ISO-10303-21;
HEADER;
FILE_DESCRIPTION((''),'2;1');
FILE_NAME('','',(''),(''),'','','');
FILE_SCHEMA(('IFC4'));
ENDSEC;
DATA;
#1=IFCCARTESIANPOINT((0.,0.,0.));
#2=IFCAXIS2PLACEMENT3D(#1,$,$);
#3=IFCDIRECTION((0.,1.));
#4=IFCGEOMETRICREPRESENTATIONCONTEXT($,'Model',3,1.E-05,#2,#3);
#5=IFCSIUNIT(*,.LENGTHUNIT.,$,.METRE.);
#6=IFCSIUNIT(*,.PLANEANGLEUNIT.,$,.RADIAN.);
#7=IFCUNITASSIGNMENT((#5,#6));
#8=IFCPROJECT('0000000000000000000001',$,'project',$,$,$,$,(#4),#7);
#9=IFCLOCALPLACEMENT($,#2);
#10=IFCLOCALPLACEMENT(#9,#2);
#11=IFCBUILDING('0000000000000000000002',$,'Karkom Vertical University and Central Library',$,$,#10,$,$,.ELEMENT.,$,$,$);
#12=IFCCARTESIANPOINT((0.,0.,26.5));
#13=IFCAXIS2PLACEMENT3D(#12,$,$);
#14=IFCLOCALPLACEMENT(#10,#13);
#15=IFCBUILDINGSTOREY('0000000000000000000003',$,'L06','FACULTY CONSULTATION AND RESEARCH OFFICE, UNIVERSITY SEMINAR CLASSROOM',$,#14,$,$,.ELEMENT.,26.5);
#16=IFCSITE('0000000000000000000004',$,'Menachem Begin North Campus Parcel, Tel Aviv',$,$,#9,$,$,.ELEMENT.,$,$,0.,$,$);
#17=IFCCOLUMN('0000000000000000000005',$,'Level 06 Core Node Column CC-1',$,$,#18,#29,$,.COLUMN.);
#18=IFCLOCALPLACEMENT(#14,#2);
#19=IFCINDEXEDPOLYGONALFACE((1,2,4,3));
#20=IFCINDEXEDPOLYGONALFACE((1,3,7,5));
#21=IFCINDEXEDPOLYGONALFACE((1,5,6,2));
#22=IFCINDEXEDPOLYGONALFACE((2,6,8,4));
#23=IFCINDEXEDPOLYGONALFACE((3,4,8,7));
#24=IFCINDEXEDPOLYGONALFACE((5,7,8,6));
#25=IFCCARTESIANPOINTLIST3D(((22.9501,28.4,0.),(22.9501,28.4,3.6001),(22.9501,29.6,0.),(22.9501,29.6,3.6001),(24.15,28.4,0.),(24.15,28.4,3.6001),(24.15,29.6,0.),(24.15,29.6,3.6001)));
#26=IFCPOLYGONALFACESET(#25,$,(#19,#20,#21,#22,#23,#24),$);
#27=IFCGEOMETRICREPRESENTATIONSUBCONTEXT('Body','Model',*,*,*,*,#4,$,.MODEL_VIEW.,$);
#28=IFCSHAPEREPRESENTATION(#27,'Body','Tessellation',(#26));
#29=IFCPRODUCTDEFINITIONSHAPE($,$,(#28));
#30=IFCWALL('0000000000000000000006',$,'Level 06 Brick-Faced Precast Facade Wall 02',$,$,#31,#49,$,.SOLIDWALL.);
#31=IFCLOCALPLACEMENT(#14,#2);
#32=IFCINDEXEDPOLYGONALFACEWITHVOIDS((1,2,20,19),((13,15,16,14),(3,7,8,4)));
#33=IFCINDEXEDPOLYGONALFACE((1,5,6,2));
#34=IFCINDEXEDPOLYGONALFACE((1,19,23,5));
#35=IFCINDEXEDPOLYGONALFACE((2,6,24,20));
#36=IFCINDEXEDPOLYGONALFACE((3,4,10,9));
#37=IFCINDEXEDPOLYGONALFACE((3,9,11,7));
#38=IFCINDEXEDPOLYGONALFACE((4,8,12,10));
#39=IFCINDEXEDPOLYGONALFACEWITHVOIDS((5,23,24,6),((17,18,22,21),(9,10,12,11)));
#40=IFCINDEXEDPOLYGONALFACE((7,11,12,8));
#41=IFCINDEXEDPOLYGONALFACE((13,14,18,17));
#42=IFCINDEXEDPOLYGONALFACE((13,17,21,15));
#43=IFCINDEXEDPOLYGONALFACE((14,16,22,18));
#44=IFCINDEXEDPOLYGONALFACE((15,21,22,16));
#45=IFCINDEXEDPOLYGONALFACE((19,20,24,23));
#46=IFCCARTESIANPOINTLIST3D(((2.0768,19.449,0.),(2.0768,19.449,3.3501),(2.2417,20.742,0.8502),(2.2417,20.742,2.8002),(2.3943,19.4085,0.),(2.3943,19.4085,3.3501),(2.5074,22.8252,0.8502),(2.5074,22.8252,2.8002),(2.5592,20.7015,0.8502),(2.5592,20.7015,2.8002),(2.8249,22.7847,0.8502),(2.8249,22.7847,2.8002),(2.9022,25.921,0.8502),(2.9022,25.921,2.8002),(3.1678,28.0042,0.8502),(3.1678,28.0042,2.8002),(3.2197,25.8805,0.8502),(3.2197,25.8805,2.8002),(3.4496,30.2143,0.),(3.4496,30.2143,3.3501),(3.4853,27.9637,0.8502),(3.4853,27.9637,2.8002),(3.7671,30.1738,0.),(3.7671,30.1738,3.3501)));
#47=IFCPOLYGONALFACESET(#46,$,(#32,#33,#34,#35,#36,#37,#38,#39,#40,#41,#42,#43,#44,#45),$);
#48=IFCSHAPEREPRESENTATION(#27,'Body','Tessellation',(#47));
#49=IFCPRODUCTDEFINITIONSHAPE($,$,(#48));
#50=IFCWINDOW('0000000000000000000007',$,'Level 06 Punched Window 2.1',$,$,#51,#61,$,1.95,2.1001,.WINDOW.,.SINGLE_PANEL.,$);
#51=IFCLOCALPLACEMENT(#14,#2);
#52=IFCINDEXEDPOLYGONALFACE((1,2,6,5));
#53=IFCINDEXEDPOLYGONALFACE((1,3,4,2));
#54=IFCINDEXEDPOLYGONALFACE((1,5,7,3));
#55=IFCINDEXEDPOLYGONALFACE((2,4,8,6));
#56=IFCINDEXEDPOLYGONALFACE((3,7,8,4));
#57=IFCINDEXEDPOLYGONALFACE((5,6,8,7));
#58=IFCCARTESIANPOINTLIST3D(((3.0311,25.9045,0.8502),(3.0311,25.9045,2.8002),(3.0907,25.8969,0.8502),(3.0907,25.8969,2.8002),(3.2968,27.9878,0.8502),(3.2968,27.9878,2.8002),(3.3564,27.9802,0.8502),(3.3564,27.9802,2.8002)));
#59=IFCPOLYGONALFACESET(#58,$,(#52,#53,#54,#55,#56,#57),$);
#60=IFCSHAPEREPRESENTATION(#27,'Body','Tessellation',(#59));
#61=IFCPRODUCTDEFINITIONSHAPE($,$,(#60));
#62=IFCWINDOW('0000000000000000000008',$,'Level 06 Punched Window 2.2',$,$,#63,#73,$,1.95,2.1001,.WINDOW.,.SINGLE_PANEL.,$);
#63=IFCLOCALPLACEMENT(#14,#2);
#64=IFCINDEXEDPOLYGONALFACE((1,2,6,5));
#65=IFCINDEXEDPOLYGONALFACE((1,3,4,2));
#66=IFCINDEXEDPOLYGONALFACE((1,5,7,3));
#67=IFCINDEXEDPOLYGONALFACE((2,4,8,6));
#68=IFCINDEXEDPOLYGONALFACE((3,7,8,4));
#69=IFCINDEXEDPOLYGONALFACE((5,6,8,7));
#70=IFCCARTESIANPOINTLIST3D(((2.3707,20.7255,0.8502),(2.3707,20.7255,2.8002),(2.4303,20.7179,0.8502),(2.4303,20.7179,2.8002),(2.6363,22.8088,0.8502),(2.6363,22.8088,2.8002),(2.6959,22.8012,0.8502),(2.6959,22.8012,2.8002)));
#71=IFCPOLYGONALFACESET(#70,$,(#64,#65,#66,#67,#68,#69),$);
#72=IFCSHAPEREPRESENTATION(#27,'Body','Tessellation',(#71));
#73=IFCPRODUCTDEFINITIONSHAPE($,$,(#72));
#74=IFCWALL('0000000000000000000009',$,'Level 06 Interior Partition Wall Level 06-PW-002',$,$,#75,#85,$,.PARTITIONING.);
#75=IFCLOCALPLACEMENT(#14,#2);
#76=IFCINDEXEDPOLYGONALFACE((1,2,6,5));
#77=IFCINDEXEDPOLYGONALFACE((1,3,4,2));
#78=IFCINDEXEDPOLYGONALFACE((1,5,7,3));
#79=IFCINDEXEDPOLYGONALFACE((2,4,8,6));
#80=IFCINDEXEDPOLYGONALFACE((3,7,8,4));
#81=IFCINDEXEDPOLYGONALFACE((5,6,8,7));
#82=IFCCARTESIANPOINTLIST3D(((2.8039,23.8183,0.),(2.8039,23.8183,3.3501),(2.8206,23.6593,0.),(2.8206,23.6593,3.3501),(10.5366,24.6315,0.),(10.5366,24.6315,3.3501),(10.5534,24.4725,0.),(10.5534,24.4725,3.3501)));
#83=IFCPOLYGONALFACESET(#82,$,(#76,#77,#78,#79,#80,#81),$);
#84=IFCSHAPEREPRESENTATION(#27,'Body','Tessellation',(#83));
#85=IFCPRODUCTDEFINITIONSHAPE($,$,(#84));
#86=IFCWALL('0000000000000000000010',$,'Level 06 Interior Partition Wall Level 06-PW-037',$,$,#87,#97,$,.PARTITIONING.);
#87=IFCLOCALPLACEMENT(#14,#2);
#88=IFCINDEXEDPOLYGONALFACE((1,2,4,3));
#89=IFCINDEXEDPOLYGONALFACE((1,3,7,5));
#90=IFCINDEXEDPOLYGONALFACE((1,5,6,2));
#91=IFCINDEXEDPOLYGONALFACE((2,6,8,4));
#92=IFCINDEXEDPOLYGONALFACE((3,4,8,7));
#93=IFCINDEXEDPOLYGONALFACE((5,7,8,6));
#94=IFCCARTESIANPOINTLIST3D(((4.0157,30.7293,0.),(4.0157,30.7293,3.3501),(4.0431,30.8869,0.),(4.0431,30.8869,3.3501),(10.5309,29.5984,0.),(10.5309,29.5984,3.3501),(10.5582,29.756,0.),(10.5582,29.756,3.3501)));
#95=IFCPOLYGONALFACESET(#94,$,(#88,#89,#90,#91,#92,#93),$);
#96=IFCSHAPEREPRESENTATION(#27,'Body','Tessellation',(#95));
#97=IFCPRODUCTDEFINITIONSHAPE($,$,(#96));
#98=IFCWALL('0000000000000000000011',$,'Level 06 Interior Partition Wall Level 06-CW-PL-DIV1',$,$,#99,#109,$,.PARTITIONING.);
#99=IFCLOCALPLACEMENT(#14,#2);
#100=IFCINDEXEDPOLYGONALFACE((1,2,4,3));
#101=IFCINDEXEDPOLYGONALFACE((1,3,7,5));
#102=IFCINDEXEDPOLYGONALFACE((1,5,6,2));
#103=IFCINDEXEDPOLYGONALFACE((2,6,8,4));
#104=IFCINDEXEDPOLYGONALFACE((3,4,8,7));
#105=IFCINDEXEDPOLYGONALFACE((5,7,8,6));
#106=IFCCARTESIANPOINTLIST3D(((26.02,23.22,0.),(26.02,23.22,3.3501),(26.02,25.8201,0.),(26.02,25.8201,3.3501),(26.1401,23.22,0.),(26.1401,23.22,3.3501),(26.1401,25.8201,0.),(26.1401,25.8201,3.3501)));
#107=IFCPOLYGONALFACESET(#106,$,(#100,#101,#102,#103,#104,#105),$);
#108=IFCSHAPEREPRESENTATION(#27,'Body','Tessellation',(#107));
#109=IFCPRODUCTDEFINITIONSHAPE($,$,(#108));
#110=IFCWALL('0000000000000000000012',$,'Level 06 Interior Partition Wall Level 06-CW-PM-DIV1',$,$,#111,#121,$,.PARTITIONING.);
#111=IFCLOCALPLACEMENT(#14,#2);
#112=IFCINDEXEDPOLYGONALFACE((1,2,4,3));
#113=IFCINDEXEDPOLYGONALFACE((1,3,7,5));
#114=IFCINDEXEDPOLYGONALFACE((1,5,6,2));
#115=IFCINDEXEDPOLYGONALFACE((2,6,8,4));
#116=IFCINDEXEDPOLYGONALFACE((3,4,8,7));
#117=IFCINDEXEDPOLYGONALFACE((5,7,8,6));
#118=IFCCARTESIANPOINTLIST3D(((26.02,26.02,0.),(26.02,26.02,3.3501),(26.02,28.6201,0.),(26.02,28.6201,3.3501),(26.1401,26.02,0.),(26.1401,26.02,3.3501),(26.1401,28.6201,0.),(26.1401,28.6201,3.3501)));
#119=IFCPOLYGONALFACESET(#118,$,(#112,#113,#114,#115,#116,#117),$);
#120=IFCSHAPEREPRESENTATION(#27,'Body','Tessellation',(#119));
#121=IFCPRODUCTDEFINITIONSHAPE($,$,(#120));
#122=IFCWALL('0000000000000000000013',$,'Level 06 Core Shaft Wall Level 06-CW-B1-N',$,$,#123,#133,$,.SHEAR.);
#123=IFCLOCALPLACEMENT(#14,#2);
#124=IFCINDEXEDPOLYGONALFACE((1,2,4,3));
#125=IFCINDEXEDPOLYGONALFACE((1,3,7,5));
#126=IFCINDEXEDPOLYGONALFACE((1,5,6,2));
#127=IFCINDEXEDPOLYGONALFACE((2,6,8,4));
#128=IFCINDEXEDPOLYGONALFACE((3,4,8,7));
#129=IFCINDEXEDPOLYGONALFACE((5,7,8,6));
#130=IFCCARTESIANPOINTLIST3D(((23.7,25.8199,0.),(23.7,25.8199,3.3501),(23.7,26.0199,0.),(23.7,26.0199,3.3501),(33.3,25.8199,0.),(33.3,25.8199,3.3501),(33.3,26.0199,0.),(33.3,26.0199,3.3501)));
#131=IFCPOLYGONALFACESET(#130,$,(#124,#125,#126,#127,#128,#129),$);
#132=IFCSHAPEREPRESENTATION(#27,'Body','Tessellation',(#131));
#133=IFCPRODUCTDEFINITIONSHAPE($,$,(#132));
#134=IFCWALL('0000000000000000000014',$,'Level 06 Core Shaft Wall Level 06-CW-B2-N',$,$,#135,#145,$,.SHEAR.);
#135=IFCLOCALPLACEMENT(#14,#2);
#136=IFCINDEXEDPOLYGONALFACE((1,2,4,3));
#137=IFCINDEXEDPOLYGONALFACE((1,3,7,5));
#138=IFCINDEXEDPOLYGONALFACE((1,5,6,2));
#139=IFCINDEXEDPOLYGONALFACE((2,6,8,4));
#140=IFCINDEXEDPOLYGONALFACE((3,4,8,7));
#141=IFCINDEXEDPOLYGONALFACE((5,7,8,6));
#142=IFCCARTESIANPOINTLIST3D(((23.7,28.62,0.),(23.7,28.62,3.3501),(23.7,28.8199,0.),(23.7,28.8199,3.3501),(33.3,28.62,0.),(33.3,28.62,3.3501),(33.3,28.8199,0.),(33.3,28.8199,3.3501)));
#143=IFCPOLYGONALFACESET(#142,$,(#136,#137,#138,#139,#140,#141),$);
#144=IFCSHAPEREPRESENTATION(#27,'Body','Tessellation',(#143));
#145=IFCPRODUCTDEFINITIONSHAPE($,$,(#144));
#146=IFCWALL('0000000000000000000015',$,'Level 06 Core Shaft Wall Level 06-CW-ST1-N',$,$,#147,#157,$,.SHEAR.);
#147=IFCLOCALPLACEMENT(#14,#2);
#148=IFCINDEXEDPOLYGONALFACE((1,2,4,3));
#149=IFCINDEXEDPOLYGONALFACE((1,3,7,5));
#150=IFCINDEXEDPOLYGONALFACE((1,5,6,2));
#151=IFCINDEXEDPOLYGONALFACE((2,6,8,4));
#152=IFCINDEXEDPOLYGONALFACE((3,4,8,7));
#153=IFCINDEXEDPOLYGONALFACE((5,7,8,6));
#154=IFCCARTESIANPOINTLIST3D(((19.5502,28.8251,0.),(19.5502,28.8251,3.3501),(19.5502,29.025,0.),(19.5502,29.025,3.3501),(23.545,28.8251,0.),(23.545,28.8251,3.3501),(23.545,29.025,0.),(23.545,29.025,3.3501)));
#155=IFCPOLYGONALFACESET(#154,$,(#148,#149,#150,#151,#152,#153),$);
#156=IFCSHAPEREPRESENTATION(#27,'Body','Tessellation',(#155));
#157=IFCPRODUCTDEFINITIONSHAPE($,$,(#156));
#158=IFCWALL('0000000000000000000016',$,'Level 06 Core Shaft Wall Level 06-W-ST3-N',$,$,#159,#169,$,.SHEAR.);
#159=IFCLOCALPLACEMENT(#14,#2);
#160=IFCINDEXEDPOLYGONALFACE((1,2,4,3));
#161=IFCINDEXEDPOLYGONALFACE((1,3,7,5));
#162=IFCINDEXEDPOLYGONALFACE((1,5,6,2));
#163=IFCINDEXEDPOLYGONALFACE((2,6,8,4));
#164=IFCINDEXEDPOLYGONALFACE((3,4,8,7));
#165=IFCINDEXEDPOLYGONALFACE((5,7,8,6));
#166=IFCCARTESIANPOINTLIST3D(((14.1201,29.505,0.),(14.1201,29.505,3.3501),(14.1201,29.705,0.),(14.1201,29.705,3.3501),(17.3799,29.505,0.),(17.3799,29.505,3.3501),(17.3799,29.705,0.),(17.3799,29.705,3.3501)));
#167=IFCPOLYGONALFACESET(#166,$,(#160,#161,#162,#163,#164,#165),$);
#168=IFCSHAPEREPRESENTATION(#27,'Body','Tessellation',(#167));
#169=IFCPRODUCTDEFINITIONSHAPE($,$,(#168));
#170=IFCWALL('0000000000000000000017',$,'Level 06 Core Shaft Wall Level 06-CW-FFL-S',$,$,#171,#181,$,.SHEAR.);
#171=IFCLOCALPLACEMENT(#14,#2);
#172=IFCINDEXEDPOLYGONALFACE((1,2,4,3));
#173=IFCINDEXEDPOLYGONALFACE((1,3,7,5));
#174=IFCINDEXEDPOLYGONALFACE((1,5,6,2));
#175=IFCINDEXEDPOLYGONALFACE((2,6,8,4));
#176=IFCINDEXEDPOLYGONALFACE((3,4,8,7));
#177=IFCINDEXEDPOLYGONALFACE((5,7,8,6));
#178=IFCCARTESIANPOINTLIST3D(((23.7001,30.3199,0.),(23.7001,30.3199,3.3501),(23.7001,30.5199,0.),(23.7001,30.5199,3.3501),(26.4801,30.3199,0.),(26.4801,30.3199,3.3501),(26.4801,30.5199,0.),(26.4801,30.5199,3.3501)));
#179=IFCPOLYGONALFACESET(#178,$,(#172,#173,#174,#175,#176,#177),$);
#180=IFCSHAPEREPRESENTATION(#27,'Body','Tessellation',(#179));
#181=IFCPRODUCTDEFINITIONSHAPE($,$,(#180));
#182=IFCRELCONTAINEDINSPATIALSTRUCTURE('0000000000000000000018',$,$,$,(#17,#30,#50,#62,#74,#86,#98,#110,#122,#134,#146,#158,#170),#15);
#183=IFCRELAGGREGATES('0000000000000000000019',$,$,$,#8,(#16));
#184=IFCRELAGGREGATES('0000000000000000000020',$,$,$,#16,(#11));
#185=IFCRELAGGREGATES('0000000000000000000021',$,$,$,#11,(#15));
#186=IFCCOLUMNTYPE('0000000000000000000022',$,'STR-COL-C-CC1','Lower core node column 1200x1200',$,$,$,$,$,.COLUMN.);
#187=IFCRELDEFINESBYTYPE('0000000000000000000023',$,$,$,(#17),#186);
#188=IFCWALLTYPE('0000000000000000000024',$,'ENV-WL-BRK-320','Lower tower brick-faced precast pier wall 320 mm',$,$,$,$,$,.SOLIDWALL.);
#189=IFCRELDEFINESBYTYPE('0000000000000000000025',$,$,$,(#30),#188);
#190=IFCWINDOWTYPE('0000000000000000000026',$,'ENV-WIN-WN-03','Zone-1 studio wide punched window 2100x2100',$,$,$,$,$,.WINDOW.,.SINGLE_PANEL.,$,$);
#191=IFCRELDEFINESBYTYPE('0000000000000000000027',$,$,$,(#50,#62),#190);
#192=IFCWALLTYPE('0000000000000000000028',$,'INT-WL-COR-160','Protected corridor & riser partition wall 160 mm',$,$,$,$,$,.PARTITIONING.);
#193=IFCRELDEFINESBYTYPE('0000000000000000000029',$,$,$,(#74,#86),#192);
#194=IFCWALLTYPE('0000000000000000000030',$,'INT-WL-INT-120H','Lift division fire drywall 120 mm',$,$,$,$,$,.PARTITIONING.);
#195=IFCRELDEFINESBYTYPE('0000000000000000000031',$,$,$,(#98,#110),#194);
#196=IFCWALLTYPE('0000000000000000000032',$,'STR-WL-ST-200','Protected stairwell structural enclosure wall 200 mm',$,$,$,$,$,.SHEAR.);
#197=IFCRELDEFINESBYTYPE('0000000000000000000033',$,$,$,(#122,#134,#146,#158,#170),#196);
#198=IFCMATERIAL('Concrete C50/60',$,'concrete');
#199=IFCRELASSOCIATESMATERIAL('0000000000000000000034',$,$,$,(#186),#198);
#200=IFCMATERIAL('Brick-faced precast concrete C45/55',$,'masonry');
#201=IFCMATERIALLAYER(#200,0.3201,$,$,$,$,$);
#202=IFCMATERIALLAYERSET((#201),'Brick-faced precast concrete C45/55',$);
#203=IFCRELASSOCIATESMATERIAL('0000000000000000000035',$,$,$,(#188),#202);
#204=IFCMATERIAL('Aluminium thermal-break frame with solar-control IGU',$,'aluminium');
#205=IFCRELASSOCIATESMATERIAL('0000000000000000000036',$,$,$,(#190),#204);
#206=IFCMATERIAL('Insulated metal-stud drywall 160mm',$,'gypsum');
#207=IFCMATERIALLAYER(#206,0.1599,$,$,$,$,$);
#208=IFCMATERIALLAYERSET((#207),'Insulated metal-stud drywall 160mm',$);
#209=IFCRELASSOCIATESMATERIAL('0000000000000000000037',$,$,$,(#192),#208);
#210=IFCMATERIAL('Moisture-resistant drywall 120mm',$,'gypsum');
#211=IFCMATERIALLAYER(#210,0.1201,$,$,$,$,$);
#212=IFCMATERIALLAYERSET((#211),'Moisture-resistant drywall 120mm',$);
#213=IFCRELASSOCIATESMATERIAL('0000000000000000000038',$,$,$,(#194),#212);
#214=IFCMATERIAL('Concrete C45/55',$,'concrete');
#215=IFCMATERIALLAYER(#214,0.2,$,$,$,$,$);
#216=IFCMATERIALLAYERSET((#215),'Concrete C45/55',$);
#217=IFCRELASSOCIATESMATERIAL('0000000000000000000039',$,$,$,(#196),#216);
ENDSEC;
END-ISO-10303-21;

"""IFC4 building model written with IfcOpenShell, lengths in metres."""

from ifc_helpers import new_model, si_unit, direction, frame, frame_2d, origin, origin_with_axes, origin_2d, place, context, subcontext, project, spatial, rectangle, extrude, source, transform, mapped, material, layer, layer_set, material_profile, profile_set, type_object, element, fill, save


model = new_model("IFC4")

# Units and contexts
model_context = context("Model", 3, precision=1e-05, world=origin(), true_north=direction((0.0, 1.0)))
body_context = subcontext(model_context, "Body", "Model", "MODEL_VIEW")
ifc_project = project(units=[si_unit("LENGTHUNIT", "METRE"), si_unit("PLANEANGLEUNIT", "RADIAN")], contexts=[model_context])

# Site, building, storey
site_placement = place(None, origin())
site = spatial("IfcSite", under=ifc_project, at=site_placement, Name="Menachem Begin North Campus Parcel, Tel Aviv", CompositionType="ELEMENT", RefElevation=0.0)
building_placement = place(site_placement, origin())
building = spatial("IfcBuilding", under=site, at=building_placement, Name="Karkom Vertical University and Central Library", CompositionType="ELEMENT")
storey_placement = place(building_placement, frame((0.0, 0.0, 26.5)))
storey = spatial("IfcBuildingStorey", under=building, at=storey_placement, Name="L06", Description="FACULTY CONSULTATION AND RESEARCH OFFICE, UNIVERSITY SEMINAR CLASSROOM", CompositionType="ELEMENT", Elevation=26.5)

# Column
ifc_material_1 = material(Name="Concrete C50/60", Category="concrete")
ifc_material_profile = material_profile(ifc_material_1, rectangle(XDim=1.2, YDim=1.2, at=origin_2d()), Name="RC-1200x1200")
ifc_profile_set = profile_set([ifc_material_profile], Name="Concrete C50/60")
column_type = type_object("IfcColumnType", Name="STR-COL-C-CC1", Description="Lower core node column 1200x1200", PredefinedType="COLUMN", material=ifc_profile_set)
shared_shape_1 = source(origin_with_axes(), body_context, "Body", "SweptSolid", [
    extrude(rectangle(XDim=1.2, YDim=1.2, at=origin_2d()), origin(), (0.0, 0.0, 1.0), 3.6001),
])
column_placement = place(storey_placement, frame((23.55, 29.0, 0.0), z_axis=(0.0, 0.0, 1.0), x_axis=(1.0, 0.0, 0.0)))
element("IfcColumn", 1, at=column_placement, inside=storey, type_object=column_type, Name="Level 06 Core Node Column CC-1", PredefinedType="COLUMN", context=body_context, shape_type="MappedRepresentation", body=[
    mapped(shared_shape_1, transform((0.0, 0.0, 0.0), scale=1.0)),
])

# Wall, openings, windows
ifc_material_2 = material(Name="Brick-faced precast concrete C45/55", Category="masonry")
ifc_layer_1 = layer(ifc_material_2, 0.3201)
ifc_layer_set_1 = layer_set([ifc_layer_1], Name="Brick-faced precast concrete C45/55")
wall_type_1 = type_object("IfcWallType", Name="ENV-WL-BRK-320", Description="Lower tower brick-faced precast pier wall 320 mm", PredefinedType="SOLIDWALL", material=ifc_layer_set_1)
wall_1_placement = place(storey_placement, frame((3.6084, 30.1941, 0.0), z_axis=(0.0, 0.0, 1.0), x_axis=(-0.126496, -0.991967, 0.0)))
wall_1 = element("IfcWall", 2, at=wall_1_placement, inside=storey, type_object=wall_type_1, Name="Level 06 Brick-Faced Precast Facade Wall 02", PredefinedType="SOLIDWALL", context=body_context, shape_type="SweptSolid", body=[
    extrude(rectangle(XDim=10.8525, YDim=0.3201, at=frame_2d((5.4263, 0.0))), origin(), (0.0, 0.0, 1.0), 3.3501),
])
opening_1_placement = place(wall_1_placement, frame((2.228, 0.0, 0.8501)))
opening_1 = element("IfcOpeningElement", 3, at=opening_1_placement, cuts=wall_1, PredefinedType="OPENING", context=body_context, shape_type="SweptSolid", body=[
    extrude(rectangle(XDim=2.1001, YDim=1.95, at=frame_2d((1.05, 0.9751))), frame((0.0, 0.1699, 0.0), z_axis=(0.0, -1.0, 0.0), x_axis=(1.0, 0.0, 0.0)), (0.0, 0.0, 1.0), 0.3401),
])
opening_2_placement = place(wall_1_placement, frame((7.449, 0.0, 0.8501)))
opening_2 = element("IfcOpeningElement", 4, at=opening_2_placement, cuts=wall_1, PredefinedType="OPENING", context=body_context, shape_type="SweptSolid", body=[
    extrude(rectangle(XDim=2.1001, YDim=1.95, at=frame_2d((1.05, 0.9751))), frame((0.0, 0.1699, 0.0), z_axis=(0.0, -1.0, 0.0), x_axis=(1.0, 0.0, 0.0)), (0.0, 0.0, 1.0), 0.3401),
])
ifc_material_3 = material(Name="Aluminium thermal-break frame with solar-control IGU", Category="aluminium")
window_type = type_object("IfcWindowType", Name="ENV-WIN-WN-03", Description="Zone-1 studio wide punched window 2100x2100", PartitioningType="SINGLE_PANEL", PredefinedType="WINDOW", material=ifc_material_3)
shared_shape_2 = source(origin_with_axes(), body_context, "Body", "SweptSolid", [
    extrude(rectangle(XDim=2.1001, YDim=1.95, at=frame_2d((1.05, 0.9751))), frame((0.0, 0.03, 0.0), z_axis=(0.0, -1.0, 0.0), x_axis=(1.0, 0.0, 0.0)), (0.0, 0.0, 1.0), 0.0601),
])
window_1_placement = place(opening_1_placement, origin())
window_1 = element("IfcWindow", 5, at=window_1_placement, inside=storey, type_object=window_type, Name="Level 06 Punched Window 2.1", OverallHeight=1.95, OverallWidth=2.1001, PartitioningType="SINGLE_PANEL", PredefinedType="WINDOW", context=body_context, shape_type="MappedRepresentation", body=[
    mapped(shared_shape_2, transform((0.0, 0.0, 0.0), scale=1.0)),
])
fill(opening_1, window_1)
window_2_placement = place(opening_2_placement, origin())
window_2 = element("IfcWindow", 6, at=window_2_placement, inside=storey, type_object=window_type, Name="Level 06 Punched Window 2.2", OverallHeight=1.95, OverallWidth=2.1001, PartitioningType="SINGLE_PANEL", PredefinedType="WINDOW", context=body_context, shape_type="MappedRepresentation", body=[
    mapped(shared_shape_2, transform((0.0, 0.0, 0.0), scale=1.0)),
])
fill(opening_2, window_2)

# Walls
ifc_material_4 = material(Name="Insulated metal-stud drywall 160mm", Category="gypsum")
ifc_layer_2 = layer(ifc_material_4, 0.1599)
ifc_layer_set_2 = layer_set([ifc_layer_2], Name="Insulated metal-stud drywall 160mm")
wall_type_2 = type_object("IfcWallType", Name="INT-WL-COR-160", Description="Protected corridor & riser partition wall 160 mm", PredefinedType="PARTITIONING", material=ifc_layer_set_2)
wall_2_placement = place(storey_placement, frame((2.8123, 23.7388, 0.0), z_axis=(0.0, 0.0, 1.0), x_axis=(0.994515, 0.104592, 0.0)))
element("IfcWall", 7, at=wall_2_placement, inside=storey, type_object=wall_type_2, Name="Level 06 Interior Partition Wall Level 06-PW-002", PredefinedType="PARTITIONING", context=body_context, shape_type="SweptSolid", body=[
    extrude(rectangle(XDim=7.7754, YDim=0.1599, at=frame_2d((3.8877, 0.0))), origin(), (0.0, 0.0, 1.0), 3.3501),
])
wall_3_placement = place(storey_placement, frame((10.5444, 29.6772, 0.0), z_axis=(0.0, 0.0, 1.0), x_axis=(-0.985268, 0.171017, 0.0)))
element("IfcWall", 8, at=wall_3_placement, inside=storey, type_object=wall_type_2, Name="Level 06 Interior Partition Wall Level 06-PW-037", PredefinedType="PARTITIONING", context=body_context, shape_type="SweptSolid", body=[
    extrude(rectangle(XDim=6.6125, YDim=0.1599, at=frame_2d((3.3062, 0.0))), origin(), (0.0, 0.0, 1.0), 3.3501),
])
ifc_material_5 = material(Name="Moisture-resistant drywall 120mm", Category="gypsum")
ifc_layer_3 = layer(ifc_material_5, 0.1201)
ifc_layer_set_3 = layer_set([ifc_layer_3], Name="Moisture-resistant drywall 120mm")
wall_type_3 = type_object("IfcWallType", Name="INT-WL-INT-120H", Description="Lift division fire drywall 120 mm", PredefinedType="PARTITIONING", material=ifc_layer_set_3)
for number, where, z_axis, x_axis, name in (
    (9, (26.0801, 23.22, 0.0), (0.0, 0.0, 1.0), (0.0, 1.0, 0.0), "Level 06 Interior Partition Wall Level 06-CW-PL-DIV1"),
    (10, (26.0801, 26.02, 0.0), (0.0, 0.0, 1.0), (0.0, 1.0, 0.0), "Level 06 Interior Partition Wall Level 06-CW-PM-DIV1"),
):
    element("IfcWall", number, at=place(storey_placement, frame(where, z_axis=z_axis, x_axis=x_axis)), inside=storey, type_object=wall_type_3, Name=name, PredefinedType="PARTITIONING", context=body_context, shape_type="SweptSolid", body=[
        extrude(rectangle(XDim=2.6001, YDim=0.1201, at=frame_2d((1.3, 0.0))), origin(), (0.0, 0.0, 1.0), 3.3501),
    ])
ifc_material_6 = material(Name="Concrete C45/55", Category="concrete")
ifc_layer_4 = layer(ifc_material_6, 0.2)
ifc_layer_set_4 = layer_set([ifc_layer_4], Name="Concrete C45/55")
wall_type_4 = type_object("IfcWallType", Name="STR-WL-ST-200", Description="Protected stairwell structural enclosure wall 200 mm", PredefinedType="SHEAR", material=ifc_layer_set_4)
for number, where, z_axis, x_axis, name in (
    (11, (23.7, 25.9199, 0.0), (0.0, 0.0, 1.0), (1.0, 0.0, 0.0), "Level 06 Core Shaft Wall Level 06-CW-B1-N"),
    (12, (23.7, 28.72, 0.0), (0.0, 0.0, 1.0), (1.0, 0.0, 0.0), "Level 06 Core Shaft Wall Level 06-CW-B2-N"),
):
    element("IfcWall", number, at=place(storey_placement, frame(where, z_axis=z_axis, x_axis=x_axis)), inside=storey, type_object=wall_type_4, Name=name, PredefinedType="SHEAR", context=body_context, shape_type="SweptSolid", body=[
        extrude(rectangle(XDim=9.6001, YDim=0.2, at=frame_2d((4.8, 0.0))), origin(), (0.0, 0.0, 1.0), 3.3501),
    ])
wall_4_placement = place(storey_placement, frame((19.55, 28.925, 0.0), z_axis=(0.0, 0.0, 1.0), x_axis=(1.0, 0.0, 0.0)))
element("IfcWall", 13, at=wall_4_placement, inside=storey, type_object=wall_type_4, Name="Level 06 Core Shaft Wall Level 06-CW-ST1-N", PredefinedType="SHEAR", context=body_context, shape_type="SweptSolid", body=[
    extrude(rectangle(XDim=3.9949, YDim=0.2, at=frame_2d((1.9976, 0.0))), origin(), (0.0, 0.0, 1.0), 3.3501),
])
wall_5_placement = place(storey_placement, frame((14.1201, 29.605, 0.0), z_axis=(0.0, 0.0, 1.0), x_axis=(1.0, 0.0, 0.0)))
element("IfcWall", 14, at=wall_5_placement, inside=storey, type_object=wall_type_4, Name="Level 06 Core Shaft Wall Level 06-W-ST3-N", PredefinedType="SHEAR", context=body_context, shape_type="SweptSolid", body=[
    extrude(rectangle(XDim=3.2598, YDim=0.2, at=frame_2d((1.6299, 0.0))), origin(), (0.0, 0.0, 1.0), 3.3501),
])
wall_6_placement = place(storey_placement, frame((23.7, 30.4199, 0.0), z_axis=(0.0, 0.0, 1.0), x_axis=(1.0, 0.0, 0.0)))
element("IfcWall", 15, at=wall_6_placement, inside=storey, type_object=wall_type_4, Name="Level 06 Core Shaft Wall Level 06-CW-FFL-S", PredefinedType="SHEAR", context=body_context, shape_type="SweptSolid", body=[
    extrude(rectangle(XDim=2.78, YDim=0.2, at=frame_2d((1.3901, 0.0))), origin(), (0.0, 0.0, 1.0), 3.3501),
])

save(model, "model.ifc")
